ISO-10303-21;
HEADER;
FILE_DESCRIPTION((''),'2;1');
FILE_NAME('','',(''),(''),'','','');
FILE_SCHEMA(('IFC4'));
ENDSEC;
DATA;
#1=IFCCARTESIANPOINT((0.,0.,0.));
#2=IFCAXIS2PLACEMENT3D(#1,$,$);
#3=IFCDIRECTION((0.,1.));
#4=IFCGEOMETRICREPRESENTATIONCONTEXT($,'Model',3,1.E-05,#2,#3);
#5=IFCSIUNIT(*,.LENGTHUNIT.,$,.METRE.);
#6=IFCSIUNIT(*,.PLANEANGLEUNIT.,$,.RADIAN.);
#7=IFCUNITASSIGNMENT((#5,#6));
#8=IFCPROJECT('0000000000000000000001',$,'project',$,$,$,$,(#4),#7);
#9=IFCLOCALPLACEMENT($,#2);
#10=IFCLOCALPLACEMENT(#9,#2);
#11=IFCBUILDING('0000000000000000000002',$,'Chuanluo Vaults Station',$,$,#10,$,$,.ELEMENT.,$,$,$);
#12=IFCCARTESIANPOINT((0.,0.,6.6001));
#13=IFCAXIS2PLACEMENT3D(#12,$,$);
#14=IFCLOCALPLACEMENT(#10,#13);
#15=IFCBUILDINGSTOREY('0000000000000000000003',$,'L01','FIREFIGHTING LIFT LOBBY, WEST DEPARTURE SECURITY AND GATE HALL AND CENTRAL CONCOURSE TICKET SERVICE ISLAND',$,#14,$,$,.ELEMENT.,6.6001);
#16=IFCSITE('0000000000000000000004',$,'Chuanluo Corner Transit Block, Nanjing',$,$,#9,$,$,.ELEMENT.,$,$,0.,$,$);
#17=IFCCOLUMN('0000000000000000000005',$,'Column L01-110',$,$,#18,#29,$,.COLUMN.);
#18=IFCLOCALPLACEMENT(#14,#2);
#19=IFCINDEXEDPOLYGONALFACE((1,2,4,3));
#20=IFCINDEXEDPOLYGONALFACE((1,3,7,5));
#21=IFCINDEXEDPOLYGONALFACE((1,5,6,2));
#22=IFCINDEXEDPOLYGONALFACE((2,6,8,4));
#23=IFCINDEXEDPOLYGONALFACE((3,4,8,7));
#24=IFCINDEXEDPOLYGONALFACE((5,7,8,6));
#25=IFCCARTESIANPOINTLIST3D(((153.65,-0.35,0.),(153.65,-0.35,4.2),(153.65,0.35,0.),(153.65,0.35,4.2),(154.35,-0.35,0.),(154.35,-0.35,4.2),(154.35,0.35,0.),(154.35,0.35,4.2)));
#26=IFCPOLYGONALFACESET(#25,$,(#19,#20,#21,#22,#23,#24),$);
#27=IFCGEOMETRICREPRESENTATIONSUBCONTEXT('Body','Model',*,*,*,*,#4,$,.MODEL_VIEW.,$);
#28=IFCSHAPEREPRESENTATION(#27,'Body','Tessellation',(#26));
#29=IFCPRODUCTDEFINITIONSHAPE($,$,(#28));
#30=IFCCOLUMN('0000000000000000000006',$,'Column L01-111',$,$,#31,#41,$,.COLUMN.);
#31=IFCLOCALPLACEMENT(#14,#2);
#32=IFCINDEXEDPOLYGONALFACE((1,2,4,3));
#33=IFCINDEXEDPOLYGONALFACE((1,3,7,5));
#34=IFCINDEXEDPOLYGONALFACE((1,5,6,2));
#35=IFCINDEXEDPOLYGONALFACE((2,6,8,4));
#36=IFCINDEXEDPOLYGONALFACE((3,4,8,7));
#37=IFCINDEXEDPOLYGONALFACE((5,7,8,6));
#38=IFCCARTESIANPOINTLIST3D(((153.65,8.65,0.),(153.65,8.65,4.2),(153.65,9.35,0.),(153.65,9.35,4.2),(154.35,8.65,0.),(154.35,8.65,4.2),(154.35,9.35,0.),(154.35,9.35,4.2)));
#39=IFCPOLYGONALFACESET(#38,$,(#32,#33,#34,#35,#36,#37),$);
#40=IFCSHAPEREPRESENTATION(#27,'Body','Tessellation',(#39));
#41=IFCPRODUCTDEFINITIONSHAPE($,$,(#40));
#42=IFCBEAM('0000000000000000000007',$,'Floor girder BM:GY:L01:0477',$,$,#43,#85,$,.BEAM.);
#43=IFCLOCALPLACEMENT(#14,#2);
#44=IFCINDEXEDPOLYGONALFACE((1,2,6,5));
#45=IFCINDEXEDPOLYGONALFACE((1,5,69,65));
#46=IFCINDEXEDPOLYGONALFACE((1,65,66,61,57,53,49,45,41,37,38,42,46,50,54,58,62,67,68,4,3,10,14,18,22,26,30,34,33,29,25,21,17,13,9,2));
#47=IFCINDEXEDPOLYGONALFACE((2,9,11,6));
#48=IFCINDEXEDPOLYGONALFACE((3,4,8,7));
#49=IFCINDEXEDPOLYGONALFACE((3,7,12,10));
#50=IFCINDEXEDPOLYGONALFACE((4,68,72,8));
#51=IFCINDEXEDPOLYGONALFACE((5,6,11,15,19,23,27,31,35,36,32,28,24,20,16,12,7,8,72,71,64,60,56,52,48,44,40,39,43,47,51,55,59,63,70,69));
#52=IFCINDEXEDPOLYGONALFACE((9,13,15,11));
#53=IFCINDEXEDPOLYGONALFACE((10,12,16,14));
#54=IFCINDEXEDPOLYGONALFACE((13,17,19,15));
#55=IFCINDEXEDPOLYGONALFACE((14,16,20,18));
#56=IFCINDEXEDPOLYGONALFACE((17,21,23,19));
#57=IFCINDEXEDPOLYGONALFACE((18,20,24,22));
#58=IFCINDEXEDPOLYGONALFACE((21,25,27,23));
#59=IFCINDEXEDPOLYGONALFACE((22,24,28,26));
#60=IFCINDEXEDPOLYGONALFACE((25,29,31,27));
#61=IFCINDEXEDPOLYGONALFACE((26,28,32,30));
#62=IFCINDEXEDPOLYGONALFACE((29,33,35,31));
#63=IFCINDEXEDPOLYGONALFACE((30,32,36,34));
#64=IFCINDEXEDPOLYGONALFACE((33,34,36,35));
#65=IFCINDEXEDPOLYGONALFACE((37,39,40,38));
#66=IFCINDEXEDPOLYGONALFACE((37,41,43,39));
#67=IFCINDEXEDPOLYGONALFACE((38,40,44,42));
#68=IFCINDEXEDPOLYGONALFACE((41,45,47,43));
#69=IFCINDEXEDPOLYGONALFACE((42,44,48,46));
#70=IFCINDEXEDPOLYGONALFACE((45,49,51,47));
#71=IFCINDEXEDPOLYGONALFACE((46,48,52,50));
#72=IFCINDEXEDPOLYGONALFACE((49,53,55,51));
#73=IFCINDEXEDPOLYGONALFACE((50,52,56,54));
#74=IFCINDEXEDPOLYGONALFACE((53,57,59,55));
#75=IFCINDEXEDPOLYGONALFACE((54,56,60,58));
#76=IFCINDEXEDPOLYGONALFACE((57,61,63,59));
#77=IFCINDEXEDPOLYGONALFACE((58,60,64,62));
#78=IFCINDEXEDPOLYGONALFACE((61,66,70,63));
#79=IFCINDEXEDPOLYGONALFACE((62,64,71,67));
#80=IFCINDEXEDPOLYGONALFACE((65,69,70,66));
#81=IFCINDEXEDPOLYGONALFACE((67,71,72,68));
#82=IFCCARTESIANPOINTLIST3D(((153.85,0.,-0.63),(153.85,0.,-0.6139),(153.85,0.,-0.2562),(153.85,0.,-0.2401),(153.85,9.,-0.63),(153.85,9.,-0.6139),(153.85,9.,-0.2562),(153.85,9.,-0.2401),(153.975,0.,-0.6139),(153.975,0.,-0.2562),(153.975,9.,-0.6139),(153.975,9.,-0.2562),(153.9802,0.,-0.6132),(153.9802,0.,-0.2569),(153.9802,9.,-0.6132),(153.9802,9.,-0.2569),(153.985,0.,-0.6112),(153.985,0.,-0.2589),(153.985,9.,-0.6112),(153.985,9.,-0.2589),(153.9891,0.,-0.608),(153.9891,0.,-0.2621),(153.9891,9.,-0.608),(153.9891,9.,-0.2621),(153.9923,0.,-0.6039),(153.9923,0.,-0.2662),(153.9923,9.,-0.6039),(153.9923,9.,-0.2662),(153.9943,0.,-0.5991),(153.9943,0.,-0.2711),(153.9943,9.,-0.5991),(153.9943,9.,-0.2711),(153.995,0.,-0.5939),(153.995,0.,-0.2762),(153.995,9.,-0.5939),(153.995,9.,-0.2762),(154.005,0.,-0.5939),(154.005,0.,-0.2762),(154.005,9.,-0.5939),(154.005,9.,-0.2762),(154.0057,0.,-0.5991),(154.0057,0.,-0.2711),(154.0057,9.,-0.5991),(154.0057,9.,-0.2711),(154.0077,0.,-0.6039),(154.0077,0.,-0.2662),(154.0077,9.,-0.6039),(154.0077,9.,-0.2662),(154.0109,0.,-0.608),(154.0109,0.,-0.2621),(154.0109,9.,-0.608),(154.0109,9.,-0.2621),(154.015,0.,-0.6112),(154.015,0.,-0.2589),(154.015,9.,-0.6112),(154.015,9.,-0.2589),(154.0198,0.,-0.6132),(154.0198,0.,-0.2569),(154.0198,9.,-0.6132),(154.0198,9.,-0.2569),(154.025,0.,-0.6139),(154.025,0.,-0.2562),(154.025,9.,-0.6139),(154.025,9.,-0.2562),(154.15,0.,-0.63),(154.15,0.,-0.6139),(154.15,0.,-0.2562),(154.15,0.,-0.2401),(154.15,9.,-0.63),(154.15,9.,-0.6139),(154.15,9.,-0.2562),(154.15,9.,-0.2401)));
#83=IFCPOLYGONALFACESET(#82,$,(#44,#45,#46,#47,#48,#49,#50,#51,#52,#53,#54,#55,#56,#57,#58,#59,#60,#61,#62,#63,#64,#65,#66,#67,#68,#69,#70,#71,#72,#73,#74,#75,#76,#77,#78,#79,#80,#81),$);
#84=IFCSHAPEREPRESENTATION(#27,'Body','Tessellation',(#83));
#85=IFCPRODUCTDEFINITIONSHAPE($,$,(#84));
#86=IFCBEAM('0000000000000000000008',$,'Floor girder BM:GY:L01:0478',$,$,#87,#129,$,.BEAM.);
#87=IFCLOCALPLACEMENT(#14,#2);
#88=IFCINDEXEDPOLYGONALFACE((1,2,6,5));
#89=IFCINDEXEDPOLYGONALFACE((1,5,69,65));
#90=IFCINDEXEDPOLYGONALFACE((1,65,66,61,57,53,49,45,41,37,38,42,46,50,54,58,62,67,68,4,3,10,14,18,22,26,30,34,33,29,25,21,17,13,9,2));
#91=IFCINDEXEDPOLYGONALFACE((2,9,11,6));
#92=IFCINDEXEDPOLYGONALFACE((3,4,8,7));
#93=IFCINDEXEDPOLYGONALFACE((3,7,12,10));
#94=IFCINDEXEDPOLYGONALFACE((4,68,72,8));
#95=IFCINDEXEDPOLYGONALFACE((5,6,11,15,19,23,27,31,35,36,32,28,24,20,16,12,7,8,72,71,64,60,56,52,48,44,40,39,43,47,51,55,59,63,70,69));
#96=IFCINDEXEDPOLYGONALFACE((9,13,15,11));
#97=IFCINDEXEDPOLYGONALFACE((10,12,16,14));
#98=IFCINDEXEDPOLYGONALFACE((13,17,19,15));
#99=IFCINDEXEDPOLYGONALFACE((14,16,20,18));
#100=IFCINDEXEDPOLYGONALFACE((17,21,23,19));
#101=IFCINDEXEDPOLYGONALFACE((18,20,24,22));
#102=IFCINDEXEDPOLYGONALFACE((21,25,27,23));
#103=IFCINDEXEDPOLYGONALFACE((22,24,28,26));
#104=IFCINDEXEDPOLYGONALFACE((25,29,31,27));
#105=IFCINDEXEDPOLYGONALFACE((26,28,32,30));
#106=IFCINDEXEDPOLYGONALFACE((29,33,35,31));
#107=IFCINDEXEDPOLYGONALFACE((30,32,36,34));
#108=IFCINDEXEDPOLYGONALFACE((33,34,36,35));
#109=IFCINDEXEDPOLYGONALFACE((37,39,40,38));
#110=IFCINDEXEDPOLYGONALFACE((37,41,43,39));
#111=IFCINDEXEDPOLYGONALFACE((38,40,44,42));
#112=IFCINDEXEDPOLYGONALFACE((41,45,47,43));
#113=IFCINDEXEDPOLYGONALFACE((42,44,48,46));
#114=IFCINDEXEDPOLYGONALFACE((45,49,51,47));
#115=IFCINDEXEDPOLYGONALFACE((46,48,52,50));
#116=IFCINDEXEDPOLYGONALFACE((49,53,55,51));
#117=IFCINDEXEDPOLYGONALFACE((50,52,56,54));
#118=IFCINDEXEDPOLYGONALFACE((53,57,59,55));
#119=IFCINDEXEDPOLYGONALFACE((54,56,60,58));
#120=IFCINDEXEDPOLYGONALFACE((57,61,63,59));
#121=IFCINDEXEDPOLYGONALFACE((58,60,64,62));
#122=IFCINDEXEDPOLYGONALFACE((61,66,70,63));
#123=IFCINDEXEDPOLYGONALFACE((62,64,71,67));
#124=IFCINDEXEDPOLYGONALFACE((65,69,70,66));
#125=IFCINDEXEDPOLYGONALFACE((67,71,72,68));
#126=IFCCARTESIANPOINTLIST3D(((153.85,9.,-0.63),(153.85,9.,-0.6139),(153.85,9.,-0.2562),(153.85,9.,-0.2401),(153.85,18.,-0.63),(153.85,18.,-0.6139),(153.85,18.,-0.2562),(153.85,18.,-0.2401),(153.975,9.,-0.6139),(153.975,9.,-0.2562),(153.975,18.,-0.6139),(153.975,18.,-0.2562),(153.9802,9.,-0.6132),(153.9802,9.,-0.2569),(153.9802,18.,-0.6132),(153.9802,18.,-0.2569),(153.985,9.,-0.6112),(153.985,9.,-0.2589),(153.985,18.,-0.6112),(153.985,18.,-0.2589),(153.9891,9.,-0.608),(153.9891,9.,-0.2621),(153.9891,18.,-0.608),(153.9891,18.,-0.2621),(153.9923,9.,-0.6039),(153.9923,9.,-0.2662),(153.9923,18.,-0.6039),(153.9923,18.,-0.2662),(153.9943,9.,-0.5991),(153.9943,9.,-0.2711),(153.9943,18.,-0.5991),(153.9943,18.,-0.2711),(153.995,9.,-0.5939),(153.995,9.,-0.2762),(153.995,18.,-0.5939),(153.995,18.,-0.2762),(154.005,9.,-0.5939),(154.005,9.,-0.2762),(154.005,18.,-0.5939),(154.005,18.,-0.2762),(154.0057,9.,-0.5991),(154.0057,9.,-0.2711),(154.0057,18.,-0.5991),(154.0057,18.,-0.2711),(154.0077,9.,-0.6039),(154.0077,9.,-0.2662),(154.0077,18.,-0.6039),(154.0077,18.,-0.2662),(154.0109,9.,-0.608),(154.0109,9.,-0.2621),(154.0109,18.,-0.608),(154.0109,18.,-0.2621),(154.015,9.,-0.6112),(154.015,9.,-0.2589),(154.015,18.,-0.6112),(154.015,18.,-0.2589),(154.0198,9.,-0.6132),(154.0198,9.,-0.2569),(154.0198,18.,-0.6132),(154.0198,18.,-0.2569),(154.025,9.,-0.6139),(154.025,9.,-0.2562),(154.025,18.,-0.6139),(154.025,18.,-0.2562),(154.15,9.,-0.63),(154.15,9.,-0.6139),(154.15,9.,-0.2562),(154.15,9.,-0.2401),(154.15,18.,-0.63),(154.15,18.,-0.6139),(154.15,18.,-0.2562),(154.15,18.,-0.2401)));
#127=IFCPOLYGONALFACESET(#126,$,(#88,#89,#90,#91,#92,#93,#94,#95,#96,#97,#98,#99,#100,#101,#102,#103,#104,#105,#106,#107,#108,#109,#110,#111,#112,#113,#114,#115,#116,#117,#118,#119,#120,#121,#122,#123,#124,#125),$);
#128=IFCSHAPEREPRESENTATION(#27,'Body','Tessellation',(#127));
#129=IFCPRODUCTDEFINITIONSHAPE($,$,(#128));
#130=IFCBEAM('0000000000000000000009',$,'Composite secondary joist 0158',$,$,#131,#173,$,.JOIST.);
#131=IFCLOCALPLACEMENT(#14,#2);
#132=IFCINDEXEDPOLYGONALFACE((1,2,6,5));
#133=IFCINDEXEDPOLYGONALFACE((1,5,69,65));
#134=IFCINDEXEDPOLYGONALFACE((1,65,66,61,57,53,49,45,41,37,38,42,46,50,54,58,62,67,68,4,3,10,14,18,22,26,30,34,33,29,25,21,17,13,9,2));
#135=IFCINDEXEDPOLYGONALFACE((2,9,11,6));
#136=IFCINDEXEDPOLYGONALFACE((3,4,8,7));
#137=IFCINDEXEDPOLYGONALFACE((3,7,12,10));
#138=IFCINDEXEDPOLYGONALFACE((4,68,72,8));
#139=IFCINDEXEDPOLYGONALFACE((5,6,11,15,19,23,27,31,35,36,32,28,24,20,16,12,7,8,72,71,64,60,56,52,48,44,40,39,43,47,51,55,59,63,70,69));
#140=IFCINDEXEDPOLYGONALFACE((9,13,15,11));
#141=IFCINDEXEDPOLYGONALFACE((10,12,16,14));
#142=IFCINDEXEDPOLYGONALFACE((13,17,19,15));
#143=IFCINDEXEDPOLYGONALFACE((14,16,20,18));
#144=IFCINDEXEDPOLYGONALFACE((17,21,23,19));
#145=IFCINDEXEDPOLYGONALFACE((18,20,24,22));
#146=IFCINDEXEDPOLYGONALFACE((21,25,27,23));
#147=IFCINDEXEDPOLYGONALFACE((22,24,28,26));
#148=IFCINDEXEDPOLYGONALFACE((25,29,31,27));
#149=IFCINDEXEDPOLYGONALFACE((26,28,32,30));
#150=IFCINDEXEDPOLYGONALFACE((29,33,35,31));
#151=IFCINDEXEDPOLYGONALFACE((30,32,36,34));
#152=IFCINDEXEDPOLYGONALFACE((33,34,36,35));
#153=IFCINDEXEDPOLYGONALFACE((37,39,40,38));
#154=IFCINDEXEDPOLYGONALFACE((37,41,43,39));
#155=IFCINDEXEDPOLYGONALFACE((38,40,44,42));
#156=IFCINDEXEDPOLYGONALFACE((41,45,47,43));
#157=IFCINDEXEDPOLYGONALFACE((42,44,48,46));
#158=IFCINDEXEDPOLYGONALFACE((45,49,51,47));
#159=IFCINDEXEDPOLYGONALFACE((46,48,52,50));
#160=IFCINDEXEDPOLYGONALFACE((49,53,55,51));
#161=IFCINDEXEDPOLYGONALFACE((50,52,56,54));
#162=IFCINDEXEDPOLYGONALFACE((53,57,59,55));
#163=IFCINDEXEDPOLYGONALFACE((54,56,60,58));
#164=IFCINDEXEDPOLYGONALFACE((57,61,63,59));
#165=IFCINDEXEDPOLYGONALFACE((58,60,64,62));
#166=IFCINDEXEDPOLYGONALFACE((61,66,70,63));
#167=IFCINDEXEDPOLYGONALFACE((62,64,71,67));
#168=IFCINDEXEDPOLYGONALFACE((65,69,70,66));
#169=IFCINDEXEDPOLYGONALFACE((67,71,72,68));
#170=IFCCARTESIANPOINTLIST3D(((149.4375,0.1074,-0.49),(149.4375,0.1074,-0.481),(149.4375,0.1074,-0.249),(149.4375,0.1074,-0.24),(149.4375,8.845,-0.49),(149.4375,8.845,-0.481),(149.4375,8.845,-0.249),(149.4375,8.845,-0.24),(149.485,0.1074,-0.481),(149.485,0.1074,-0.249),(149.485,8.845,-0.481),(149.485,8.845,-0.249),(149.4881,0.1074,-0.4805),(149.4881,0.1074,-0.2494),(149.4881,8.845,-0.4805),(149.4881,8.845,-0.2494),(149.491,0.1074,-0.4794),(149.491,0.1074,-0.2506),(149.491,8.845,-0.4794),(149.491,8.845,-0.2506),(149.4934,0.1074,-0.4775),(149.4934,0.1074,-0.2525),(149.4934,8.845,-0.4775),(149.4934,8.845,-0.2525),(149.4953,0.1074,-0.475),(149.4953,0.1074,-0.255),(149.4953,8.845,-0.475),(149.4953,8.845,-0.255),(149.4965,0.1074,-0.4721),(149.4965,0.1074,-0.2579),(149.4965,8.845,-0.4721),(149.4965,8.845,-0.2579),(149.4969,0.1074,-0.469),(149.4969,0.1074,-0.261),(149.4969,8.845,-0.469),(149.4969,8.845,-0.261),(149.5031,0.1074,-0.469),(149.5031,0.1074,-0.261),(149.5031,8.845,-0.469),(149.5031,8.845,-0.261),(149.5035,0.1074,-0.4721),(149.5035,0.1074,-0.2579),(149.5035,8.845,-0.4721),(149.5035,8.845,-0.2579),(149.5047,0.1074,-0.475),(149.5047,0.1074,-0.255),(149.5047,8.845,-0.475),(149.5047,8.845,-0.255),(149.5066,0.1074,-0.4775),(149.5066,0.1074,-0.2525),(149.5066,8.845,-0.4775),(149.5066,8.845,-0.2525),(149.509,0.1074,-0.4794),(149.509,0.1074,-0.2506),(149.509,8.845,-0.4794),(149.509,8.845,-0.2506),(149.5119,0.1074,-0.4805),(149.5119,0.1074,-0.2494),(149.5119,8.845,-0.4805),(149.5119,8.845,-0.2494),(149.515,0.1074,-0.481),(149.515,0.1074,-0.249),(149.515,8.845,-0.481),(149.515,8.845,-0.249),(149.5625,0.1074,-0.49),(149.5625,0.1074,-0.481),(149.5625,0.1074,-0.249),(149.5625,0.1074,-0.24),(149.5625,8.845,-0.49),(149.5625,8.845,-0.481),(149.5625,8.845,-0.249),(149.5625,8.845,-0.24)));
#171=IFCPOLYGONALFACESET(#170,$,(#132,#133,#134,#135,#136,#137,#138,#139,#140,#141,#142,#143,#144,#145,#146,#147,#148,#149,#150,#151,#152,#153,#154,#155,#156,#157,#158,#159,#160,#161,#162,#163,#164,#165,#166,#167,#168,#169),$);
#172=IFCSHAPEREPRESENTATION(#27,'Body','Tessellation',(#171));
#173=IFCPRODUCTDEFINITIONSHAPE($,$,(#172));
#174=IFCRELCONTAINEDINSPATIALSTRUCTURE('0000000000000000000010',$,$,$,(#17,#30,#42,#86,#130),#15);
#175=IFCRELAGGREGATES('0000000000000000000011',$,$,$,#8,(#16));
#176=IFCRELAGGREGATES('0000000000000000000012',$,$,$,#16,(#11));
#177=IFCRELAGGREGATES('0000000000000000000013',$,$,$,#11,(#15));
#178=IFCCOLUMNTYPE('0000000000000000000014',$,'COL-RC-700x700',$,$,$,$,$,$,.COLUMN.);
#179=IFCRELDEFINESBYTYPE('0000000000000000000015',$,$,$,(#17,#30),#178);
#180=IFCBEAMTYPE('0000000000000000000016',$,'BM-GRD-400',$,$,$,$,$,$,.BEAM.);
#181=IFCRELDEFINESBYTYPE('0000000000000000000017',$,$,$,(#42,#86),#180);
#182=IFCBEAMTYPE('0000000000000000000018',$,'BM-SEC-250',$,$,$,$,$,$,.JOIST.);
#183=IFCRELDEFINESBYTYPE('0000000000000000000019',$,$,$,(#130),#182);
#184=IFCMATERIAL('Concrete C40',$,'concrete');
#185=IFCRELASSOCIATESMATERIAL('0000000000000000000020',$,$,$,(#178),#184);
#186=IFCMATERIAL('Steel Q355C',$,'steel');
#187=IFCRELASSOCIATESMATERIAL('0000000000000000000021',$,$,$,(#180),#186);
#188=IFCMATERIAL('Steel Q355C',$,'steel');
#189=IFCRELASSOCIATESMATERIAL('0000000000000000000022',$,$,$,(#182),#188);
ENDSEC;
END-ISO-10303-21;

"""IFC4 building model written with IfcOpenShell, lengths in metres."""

from ifc_helpers import new_model, si_unit, direction, frame, origin, origin_2d, place, context, subcontext, project, spatial, rectangle, i_section, extrude, material, material_profile, profile_set, type_object, element, save


model = new_model("IFC4")

# Units and contexts
model_context = context("Model", 3, precision=1e-05, world=origin(), true_north=direction((0.0, 1.0)))
body_context = subcontext(model_context, "Body", "Model", "MODEL_VIEW")
ifc_project = project(units=[si_unit("LENGTHUNIT", "METRE"), si_unit("PLANEANGLEUNIT", "RADIAN")], contexts=[model_context])

# Site, building, storey
site_placement = place(None, origin())
site = spatial("IfcSite", under=ifc_project, at=site_placement, Name="Chuanluo Corner Transit Block, Nanjing", CompositionType="ELEMENT", RefElevation=0.0)
building_placement = place(site_placement, origin())
building = spatial("IfcBuilding", under=site, at=building_placement, Name="Chuanluo Vaults Station", CompositionType="ELEMENT")
storey_placement = place(building_placement, frame((0.0, 0.0, 6.6001)))
storey = spatial("IfcBuildingStorey", under=building, at=storey_placement, Name="L01", Description="FIREFIGHTING LIFT LOBBY, WEST DEPARTURE SECURITY AND GATE HALL AND CENTRAL CONCOURSE TICKET SERVICE ISLAND", CompositionType="ELEMENT", Elevation=6.6001)

# Columns
ifc_material_1 = material(Name="Concrete C40", Category="concrete")
ifc_material_profile_1 = material_profile(ifc_material_1, rectangle(XDim=0.7, YDim=0.7, at=origin_2d()))
ifc_profile_set_1 = profile_set([ifc_material_profile_1], Name="Concrete C40")
column_type = type_object("IfcColumnType", Name="COL-RC-700x700", PredefinedType="COLUMN", material=ifc_profile_set_1)
for number, where, z_axis, x_axis, name in (
    (1, (154.0, 0.0, 0.0), (0.0, 0.0, 1.0), (1.0, 0.0, 0.0), "Column L01-110"),
    (2, (154.0, 9.0, 0.0), (0.0, 0.0, 1.0), (1.0, 0.0, 0.0), "Column L01-111"),
):
    element("IfcColumn", number, at=place(storey_placement, frame(where, z_axis=z_axis, x_axis=x_axis)), inside=storey, type_object=column_type, Name=name, PredefinedType="COLUMN", context=body_context, shape_type="SweptSolid", body=[
        extrude(rectangle(XDim=0.7, YDim=0.7, at=origin_2d()), origin(), (0.0, 0.0, 1.0), 4.2),
    ])

# Beams
ifc_material_2 = material(Name="Steel Q355C", Category="steel")
ifc_material_profile_2 = material_profile(ifc_material_2, i_section(OverallWidth=0.3, OverallDepth=0.3899, WebThickness=0.01, FlangeThickness=0.0161, FilletRadius=0.02, at=origin_2d()))
ifc_profile_set_2 = profile_set([ifc_material_profile_2], Name="Steel Q355C")
beam_type_1 = type_object("IfcBeamType", Name="BM-GRD-400", PredefinedType="BEAM", material=ifc_profile_set_2)
for number, where, z_axis, x_axis, name in (
    (3, (154.0, 0.0, -0.4351), (0.0, 1.0, 0.0), (-1.0, 0.0, 0.0), "Floor girder BM:GY:L01:0477"),
    (4, (154.0, 9.0, -0.4351), (0.0, 1.0, 0.0), (-1.0, 0.0, 0.0), "Floor girder BM:GY:L01:0478"),
):
    element("IfcBeam", number, at=place(storey_placement, frame(where, z_axis=z_axis, x_axis=x_axis)), inside=storey, type_object=beam_type_1, Name=name, PredefinedType="BEAM", context=body_context, shape_type="SweptSolid", body=[
        extrude(i_section(OverallWidth=0.3, OverallDepth=0.3899, WebThickness=0.01, FlangeThickness=0.0161, FilletRadius=0.02, at=origin_2d()), origin(), (0.0, 0.0, 1.0), 9.0),
    ])
ifc_material_3 = material(Name="Steel Q355C", Category="steel")
ifc_material_profile_3 = material_profile(ifc_material_3, i_section(OverallWidth=0.125, OverallDepth=0.25, WebThickness=0.0061, FlangeThickness=0.009, FilletRadius=0.012, at=origin_2d()))
ifc_profile_set_3 = profile_set([ifc_material_profile_3], Name="Steel Q355C")
beam_type_2 = type_object("IfcBeamType", Name="BM-SEC-250", PredefinedType="JOIST", material=ifc_profile_set_3)
beam_1_placement = place(storey_placement, frame((149.5, 0.1074, -0.365), z_axis=(0.0, 1.0, 0.0), x_axis=(-1.0, 0.0, 0.0)))
element("IfcBeam", 5, at=beam_1_placement, inside=storey, type_object=beam_type_2, Name="Composite secondary joist 0158", PredefinedType="JOIST", context=body_context, shape_type="SweptSolid", body=[
    extrude(i_section(OverallWidth=0.125, OverallDepth=0.25, WebThickness=0.0061, FlangeThickness=0.009, FilletRadius=0.012, at=origin_2d()), origin(), (0.0, 0.0, 1.0), 8.7375),
])

save(model, "model.ifc")
